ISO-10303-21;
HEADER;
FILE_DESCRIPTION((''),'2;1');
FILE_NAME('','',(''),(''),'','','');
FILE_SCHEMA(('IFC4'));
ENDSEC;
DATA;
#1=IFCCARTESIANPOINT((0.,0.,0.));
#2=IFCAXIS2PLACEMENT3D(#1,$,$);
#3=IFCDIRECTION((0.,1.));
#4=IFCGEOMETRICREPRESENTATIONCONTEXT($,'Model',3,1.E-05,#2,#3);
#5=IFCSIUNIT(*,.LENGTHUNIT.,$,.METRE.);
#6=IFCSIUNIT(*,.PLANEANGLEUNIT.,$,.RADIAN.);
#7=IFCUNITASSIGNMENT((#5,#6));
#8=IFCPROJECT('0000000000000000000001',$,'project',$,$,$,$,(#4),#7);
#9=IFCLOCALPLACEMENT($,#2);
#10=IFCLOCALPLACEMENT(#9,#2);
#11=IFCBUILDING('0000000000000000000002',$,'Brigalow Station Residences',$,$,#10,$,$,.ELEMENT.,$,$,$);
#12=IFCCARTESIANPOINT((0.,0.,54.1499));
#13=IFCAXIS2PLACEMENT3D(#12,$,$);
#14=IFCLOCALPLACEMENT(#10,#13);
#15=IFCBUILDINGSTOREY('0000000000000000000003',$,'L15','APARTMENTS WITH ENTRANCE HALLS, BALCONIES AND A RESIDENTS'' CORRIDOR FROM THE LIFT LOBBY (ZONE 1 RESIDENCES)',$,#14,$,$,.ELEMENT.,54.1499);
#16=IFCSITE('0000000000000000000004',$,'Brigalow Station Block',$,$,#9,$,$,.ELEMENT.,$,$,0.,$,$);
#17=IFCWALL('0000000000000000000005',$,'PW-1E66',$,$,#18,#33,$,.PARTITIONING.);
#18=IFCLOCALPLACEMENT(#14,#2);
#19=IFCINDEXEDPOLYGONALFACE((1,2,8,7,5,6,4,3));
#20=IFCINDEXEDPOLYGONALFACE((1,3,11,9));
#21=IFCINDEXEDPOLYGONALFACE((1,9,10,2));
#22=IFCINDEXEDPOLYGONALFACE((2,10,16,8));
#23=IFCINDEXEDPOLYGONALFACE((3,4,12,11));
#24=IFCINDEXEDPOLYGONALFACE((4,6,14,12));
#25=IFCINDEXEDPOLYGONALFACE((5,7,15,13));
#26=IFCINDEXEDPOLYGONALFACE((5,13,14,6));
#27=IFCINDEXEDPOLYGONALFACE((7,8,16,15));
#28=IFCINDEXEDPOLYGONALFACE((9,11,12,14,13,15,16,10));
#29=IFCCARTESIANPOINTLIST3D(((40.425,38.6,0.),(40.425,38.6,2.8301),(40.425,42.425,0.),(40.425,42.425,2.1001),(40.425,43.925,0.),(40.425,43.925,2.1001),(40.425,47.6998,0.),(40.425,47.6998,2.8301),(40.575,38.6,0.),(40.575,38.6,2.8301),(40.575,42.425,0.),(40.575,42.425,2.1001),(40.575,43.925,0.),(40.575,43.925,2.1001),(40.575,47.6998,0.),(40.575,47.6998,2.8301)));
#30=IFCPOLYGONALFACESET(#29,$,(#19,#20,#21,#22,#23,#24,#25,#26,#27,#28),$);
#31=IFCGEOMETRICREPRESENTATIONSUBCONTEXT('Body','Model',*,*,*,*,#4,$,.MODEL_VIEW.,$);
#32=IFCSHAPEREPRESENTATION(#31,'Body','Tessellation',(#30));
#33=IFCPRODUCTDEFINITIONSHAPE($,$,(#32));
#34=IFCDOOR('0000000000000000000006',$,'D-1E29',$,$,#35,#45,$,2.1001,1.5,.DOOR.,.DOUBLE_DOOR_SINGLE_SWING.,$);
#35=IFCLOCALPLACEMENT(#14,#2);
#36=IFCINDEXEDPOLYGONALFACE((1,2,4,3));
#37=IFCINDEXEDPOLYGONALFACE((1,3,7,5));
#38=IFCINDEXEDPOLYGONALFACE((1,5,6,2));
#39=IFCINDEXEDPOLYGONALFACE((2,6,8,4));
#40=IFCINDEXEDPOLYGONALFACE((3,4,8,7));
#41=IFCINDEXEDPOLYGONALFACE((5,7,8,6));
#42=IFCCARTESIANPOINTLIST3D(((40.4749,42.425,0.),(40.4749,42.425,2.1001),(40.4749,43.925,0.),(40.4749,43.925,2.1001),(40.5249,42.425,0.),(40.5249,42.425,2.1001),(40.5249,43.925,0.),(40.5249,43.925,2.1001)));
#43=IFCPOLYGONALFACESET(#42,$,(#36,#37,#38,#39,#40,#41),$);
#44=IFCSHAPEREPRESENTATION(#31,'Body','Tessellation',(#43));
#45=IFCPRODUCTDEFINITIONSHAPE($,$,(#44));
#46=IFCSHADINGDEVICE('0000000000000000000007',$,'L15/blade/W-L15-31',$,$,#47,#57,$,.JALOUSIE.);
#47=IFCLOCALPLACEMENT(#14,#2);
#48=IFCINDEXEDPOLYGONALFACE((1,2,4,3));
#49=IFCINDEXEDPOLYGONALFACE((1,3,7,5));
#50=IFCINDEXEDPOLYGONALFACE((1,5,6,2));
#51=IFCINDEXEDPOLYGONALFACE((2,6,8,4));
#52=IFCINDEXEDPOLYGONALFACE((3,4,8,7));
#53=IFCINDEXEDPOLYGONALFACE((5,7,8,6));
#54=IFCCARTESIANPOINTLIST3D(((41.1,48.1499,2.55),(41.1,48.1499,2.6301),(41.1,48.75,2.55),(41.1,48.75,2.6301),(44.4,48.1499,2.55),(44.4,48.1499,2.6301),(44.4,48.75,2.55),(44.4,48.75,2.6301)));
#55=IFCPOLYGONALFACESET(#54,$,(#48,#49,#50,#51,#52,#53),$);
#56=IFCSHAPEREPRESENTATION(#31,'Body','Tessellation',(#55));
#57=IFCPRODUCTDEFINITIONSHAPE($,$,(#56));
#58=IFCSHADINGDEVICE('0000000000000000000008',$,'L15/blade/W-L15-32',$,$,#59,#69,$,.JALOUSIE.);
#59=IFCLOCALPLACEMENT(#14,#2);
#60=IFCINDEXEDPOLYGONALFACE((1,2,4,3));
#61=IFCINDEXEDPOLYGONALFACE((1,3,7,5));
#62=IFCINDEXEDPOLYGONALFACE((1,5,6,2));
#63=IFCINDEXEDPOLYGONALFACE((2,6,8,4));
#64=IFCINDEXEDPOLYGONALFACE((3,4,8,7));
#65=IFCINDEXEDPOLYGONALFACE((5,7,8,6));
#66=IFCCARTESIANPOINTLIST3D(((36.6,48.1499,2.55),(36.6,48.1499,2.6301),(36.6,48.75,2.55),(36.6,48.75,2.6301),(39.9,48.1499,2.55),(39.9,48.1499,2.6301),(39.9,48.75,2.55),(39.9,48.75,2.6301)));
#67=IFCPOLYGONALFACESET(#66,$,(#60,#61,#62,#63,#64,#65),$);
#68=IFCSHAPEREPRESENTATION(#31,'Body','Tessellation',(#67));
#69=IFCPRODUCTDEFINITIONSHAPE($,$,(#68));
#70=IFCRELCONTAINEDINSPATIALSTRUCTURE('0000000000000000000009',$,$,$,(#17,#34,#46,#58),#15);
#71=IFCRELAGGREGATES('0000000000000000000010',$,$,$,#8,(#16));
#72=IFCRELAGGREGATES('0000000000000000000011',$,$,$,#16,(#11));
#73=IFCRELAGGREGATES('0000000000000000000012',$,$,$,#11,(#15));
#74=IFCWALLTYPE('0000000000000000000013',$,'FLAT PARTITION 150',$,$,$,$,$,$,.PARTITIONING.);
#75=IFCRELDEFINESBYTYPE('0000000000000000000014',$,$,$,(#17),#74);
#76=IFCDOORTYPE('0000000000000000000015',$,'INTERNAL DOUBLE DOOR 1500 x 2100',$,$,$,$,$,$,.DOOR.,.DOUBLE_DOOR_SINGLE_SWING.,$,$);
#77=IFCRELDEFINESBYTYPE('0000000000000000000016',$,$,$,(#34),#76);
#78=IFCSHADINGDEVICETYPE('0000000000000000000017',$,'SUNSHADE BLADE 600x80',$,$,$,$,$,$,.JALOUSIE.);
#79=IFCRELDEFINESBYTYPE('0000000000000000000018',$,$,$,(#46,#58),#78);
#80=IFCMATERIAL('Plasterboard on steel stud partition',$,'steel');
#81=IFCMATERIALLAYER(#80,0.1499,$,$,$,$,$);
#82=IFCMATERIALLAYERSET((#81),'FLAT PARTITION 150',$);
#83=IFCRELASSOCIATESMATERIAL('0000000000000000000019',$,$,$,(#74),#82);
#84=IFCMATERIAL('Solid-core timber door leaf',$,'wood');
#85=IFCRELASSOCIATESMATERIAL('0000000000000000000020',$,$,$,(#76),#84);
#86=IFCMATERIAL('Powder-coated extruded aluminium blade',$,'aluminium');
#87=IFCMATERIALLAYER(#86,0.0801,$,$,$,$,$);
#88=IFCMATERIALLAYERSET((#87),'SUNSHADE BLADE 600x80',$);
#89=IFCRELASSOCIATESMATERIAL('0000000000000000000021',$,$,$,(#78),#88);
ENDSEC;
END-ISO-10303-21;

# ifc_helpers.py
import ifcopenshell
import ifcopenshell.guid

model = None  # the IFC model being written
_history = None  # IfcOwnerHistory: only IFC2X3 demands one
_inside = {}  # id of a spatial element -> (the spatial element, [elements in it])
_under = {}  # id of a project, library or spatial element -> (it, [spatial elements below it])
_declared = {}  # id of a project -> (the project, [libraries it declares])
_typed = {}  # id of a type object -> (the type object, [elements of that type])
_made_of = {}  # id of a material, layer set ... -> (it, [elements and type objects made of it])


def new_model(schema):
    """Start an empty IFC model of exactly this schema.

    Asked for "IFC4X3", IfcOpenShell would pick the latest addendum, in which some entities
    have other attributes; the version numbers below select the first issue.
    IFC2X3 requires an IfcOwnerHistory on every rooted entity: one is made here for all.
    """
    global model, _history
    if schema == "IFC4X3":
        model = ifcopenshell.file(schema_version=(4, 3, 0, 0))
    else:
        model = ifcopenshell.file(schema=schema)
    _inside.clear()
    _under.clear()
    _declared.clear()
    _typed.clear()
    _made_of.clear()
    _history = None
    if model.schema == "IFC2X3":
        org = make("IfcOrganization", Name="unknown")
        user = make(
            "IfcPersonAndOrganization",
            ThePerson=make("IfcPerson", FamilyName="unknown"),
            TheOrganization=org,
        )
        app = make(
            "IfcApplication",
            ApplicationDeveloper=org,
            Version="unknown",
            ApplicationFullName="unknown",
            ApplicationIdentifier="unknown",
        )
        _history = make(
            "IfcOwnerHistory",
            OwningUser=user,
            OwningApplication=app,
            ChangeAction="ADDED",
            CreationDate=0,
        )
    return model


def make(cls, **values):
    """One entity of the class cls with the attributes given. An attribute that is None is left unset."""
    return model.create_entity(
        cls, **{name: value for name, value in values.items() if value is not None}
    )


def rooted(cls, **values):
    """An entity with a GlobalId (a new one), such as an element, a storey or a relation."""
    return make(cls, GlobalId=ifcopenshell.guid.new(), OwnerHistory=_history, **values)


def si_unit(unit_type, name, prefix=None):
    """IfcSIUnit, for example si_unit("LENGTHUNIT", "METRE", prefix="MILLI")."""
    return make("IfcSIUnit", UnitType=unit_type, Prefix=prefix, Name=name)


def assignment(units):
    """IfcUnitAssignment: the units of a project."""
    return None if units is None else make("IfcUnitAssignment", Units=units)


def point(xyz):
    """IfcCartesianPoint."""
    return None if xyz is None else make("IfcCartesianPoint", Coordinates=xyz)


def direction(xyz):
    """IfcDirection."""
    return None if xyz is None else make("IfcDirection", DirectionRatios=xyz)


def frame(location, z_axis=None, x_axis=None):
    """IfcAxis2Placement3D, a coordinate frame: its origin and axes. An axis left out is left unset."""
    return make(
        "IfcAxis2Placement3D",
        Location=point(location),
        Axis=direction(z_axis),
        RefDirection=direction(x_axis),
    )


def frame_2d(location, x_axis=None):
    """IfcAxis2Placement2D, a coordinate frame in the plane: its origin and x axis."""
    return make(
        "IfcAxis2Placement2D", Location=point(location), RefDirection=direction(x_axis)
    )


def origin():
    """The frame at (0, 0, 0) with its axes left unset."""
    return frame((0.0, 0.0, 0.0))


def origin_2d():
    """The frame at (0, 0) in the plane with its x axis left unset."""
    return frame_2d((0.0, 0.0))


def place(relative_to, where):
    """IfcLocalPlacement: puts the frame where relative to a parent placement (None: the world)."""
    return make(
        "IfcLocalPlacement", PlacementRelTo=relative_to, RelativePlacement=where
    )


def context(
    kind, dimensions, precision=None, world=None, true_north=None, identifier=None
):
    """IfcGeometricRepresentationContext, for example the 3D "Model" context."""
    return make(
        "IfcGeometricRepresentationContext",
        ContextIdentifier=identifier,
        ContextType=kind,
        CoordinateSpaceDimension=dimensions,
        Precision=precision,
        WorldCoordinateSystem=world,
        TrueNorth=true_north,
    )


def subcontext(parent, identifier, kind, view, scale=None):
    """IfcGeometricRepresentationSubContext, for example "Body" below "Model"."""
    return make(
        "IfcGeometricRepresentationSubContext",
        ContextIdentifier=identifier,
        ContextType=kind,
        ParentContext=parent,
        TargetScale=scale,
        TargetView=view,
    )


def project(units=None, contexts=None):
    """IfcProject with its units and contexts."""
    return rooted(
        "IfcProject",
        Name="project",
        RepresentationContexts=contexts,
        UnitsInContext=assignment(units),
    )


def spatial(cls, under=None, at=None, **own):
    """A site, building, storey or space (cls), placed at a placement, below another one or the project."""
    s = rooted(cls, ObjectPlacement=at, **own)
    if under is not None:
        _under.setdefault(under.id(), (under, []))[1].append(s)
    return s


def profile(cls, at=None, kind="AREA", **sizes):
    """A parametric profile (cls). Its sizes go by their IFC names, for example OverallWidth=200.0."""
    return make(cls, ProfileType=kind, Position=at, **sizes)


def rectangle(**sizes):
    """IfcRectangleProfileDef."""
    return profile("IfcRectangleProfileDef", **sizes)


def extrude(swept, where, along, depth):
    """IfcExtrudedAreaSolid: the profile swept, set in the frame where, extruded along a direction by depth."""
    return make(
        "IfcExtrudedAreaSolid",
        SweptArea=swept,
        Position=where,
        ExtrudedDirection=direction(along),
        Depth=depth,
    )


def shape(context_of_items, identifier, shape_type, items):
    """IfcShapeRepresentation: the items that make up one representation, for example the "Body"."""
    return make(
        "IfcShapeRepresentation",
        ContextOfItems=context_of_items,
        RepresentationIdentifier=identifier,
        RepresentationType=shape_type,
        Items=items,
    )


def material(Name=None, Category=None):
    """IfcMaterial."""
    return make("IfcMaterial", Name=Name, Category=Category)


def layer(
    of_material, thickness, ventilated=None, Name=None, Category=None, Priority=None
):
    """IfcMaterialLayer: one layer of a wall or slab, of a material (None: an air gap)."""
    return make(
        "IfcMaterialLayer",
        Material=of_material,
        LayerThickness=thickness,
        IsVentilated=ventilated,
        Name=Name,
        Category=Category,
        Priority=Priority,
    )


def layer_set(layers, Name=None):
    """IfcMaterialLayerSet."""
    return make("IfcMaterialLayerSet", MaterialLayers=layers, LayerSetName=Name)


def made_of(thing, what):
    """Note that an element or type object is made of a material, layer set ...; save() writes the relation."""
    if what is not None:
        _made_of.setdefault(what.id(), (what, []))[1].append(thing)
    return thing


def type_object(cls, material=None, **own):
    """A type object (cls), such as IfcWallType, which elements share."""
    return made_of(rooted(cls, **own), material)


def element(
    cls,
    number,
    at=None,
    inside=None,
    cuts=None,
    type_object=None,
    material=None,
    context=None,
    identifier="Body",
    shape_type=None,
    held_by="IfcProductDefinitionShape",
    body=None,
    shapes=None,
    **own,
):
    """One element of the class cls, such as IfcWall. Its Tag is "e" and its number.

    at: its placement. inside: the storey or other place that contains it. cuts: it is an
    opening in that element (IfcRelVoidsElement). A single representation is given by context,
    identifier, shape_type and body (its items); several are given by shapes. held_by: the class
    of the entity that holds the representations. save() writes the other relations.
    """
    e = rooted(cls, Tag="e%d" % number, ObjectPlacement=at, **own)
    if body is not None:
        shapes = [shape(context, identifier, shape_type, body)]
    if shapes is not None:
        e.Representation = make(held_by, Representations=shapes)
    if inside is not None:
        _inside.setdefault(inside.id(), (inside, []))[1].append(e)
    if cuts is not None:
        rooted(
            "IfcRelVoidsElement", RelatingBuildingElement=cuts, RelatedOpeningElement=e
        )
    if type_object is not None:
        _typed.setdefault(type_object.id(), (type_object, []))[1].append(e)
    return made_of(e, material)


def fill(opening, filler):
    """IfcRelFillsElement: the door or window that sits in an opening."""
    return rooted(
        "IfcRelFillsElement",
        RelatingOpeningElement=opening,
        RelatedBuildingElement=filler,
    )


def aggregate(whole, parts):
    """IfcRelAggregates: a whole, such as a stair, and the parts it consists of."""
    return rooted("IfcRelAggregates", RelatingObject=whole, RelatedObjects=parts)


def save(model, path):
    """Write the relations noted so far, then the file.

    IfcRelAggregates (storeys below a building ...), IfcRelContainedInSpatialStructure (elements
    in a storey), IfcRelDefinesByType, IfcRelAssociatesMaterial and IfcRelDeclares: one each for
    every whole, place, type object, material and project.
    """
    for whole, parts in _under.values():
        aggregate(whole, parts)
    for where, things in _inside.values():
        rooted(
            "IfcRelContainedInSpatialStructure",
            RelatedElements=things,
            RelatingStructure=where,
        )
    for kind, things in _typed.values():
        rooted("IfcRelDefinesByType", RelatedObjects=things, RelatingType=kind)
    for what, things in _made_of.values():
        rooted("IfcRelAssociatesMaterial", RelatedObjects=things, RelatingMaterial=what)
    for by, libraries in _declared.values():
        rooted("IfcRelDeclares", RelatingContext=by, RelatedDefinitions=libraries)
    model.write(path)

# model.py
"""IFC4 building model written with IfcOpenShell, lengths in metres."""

from ifc_helpers import new_model, si_unit, direction, frame, frame_2d, origin, origin_2d, place, context, subcontext, project, spatial, rectangle, extrude, material, layer, layer_set, type_object, element, fill, save


model = new_model("IFC4")

# Units and contexts
model_context = context("Model", 3, precision=1e-05, world=origin(), true_north=direction((0.0, 1.0)))
body_context = subcontext(model_context, "Body", "Model", "MODEL_VIEW")
ifc_project = project(units=[si_unit("LENGTHUNIT", "METRE"), si_unit("PLANEANGLEUNIT", "RADIAN")], contexts=[model_context])

# Site, building, storey
site_placement = place(None, origin())
site = spatial("IfcSite", under=ifc_project, at=site_placement, Name="Brigalow Station Block", CompositionType="ELEMENT", RefElevation=0.0)
building_placement = place(site_placement, origin())
building = spatial("IfcBuilding", under=site, at=building_placement, Name="Brigalow Station Residences", CompositionType="ELEMENT")
storey_placement = place(building_placement, frame((0.0, 0.0, 54.1499)))
storey = spatial("IfcBuildingStorey", under=building, at=storey_placement, Name="L15", Description="APARTMENTS WITH ENTRANCE HALLS, BALCONIES AND A RESIDENTS' CORRIDOR FROM THE LIFT LOBBY (ZONE 1 RESIDENCES)", CompositionType="ELEMENT", Elevation=54.1499)

# Wall, opening, door
ifc_material_1 = material(Name="Plasterboard on steel stud partition", Category="steel")
ifc_layer_1 = layer(ifc_material_1, 0.1499)
ifc_layer_set_1 = layer_set([ifc_layer_1], Name="FLAT PARTITION 150")
wall_type_1 = type_object("IfcWallType", Name="FLAT PARTITION 150", PredefinedType="PARTITIONING", material=ifc_layer_set_1)
wall_1_placement = place(storey_placement, frame((40.5, 38.6001, 0.0), z_axis=(0.0, 0.0, 1.0), x_axis=(0.0, 1.0, 0.0)))
wall_1 = element("IfcWall", 1, at=wall_1_placement, inside=storey, type_object=wall_type_1, Name="PW-1E66", PredefinedType="PARTITIONING", context=body_context, shape_type="SweptSolid", body=[
    extrude(rectangle(XDim=9.0999, YDim=0.1499, at=frame_2d((4.5498, 0.0))), origin(), (0.0, 0.0, 1.0), 2.8301),
])
opening_1_placement = place(wall_1_placement, frame((3.825, 0.0, 0.0)))
opening_1 = element("IfcOpeningElement", 2, at=opening_1_placement, cuts=wall_1, PredefinedType="OPENING", context=body_context, shape_type="SweptSolid", body=[
    extrude(rectangle(XDim=1.5, YDim=2.1001, at=frame_2d((0.75, 1.05))), frame((0.0, 0.085, 0.0), z_axis=(0.0, -1.0, 0.0), x_axis=(1.0, 0.0, 0.0)), (0.0, 0.0, 1.0), 0.1699),
])
ifc_material_2 = material(Name="Solid-core timber door leaf", Category="wood")
door_type_1 = type_object("IfcDoorType", Name="INTERNAL DOUBLE DOOR 1500 x 2100", OperationType="DOUBLE_DOOR_SINGLE_SWING", PredefinedType="DOOR", material=ifc_material_2)
door_1_placement = place(opening_1_placement, frame((1.5, 0.0, 0.0), z_axis=(0.0, 0.0, 1.0), x_axis=(-1.0, 0.0, 0.0)))
door_1 = element("IfcDoor", 3, at=door_1_placement, inside=storey, type_object=door_type_1, Name="D-1E29", OperationType="DOUBLE_DOOR_SINGLE_SWING", OverallHeight=2.1001, OverallWidth=1.5, PredefinedType="DOOR", context=body_context, shape_type="SweptSolid", body=[
    extrude(rectangle(XDim=1.5, YDim=2.1001, at=frame_2d((0.75, 1.05))), frame((0.0, 0.0249, 0.0), z_axis=(0.0, -1.0, 0.0), x_axis=(1.0, 0.0, 0.0)), (0.0, 0.0, 1.0), 0.05),
])
fill(opening_1, door_1)

# Shading devices
ifc_material_3 = material(Name="Powder-coated extruded aluminium blade", Category="aluminium")
ifc_layer_2 = layer(ifc_material_3, 0.0801)
ifc_layer_set_2 = layer_set([ifc_layer_2], Name="SUNSHADE BLADE 600x80")
shading_device_type = type_object("IfcShadingDeviceType", Name="SUNSHADE BLADE 600x80", PredefinedType="JALOUSIE", material=ifc_layer_set_2)
for number, where, z_axis, x_axis, name in (
    (4, (42.75, 48.45, 2.55), (0.0, 0.0, 1.0), (-1.0, 0.0, 0.0), "L15/blade/W-L15-31"),
    (5, (38.25, 48.45, 2.55), (0.0, 0.0, 1.0), (-1.0, 0.0, 0.0), "L15/blade/W-L15-32"),
):
    element("IfcShadingDevice", number, at=place(storey_placement, frame(where, z_axis=z_axis, x_axis=x_axis)), inside=storey, type_object=shading_device_type, Name=name, PredefinedType="JALOUSIE", context=body_context, shape_type="SweptSolid", body=[
        extrude(rectangle(XDim=3.3, YDim=0.6001, at=origin_2d()), origin(), (0.0, 0.0, 1.0), 0.0801),
    ])

save(model, "model.ifc")
